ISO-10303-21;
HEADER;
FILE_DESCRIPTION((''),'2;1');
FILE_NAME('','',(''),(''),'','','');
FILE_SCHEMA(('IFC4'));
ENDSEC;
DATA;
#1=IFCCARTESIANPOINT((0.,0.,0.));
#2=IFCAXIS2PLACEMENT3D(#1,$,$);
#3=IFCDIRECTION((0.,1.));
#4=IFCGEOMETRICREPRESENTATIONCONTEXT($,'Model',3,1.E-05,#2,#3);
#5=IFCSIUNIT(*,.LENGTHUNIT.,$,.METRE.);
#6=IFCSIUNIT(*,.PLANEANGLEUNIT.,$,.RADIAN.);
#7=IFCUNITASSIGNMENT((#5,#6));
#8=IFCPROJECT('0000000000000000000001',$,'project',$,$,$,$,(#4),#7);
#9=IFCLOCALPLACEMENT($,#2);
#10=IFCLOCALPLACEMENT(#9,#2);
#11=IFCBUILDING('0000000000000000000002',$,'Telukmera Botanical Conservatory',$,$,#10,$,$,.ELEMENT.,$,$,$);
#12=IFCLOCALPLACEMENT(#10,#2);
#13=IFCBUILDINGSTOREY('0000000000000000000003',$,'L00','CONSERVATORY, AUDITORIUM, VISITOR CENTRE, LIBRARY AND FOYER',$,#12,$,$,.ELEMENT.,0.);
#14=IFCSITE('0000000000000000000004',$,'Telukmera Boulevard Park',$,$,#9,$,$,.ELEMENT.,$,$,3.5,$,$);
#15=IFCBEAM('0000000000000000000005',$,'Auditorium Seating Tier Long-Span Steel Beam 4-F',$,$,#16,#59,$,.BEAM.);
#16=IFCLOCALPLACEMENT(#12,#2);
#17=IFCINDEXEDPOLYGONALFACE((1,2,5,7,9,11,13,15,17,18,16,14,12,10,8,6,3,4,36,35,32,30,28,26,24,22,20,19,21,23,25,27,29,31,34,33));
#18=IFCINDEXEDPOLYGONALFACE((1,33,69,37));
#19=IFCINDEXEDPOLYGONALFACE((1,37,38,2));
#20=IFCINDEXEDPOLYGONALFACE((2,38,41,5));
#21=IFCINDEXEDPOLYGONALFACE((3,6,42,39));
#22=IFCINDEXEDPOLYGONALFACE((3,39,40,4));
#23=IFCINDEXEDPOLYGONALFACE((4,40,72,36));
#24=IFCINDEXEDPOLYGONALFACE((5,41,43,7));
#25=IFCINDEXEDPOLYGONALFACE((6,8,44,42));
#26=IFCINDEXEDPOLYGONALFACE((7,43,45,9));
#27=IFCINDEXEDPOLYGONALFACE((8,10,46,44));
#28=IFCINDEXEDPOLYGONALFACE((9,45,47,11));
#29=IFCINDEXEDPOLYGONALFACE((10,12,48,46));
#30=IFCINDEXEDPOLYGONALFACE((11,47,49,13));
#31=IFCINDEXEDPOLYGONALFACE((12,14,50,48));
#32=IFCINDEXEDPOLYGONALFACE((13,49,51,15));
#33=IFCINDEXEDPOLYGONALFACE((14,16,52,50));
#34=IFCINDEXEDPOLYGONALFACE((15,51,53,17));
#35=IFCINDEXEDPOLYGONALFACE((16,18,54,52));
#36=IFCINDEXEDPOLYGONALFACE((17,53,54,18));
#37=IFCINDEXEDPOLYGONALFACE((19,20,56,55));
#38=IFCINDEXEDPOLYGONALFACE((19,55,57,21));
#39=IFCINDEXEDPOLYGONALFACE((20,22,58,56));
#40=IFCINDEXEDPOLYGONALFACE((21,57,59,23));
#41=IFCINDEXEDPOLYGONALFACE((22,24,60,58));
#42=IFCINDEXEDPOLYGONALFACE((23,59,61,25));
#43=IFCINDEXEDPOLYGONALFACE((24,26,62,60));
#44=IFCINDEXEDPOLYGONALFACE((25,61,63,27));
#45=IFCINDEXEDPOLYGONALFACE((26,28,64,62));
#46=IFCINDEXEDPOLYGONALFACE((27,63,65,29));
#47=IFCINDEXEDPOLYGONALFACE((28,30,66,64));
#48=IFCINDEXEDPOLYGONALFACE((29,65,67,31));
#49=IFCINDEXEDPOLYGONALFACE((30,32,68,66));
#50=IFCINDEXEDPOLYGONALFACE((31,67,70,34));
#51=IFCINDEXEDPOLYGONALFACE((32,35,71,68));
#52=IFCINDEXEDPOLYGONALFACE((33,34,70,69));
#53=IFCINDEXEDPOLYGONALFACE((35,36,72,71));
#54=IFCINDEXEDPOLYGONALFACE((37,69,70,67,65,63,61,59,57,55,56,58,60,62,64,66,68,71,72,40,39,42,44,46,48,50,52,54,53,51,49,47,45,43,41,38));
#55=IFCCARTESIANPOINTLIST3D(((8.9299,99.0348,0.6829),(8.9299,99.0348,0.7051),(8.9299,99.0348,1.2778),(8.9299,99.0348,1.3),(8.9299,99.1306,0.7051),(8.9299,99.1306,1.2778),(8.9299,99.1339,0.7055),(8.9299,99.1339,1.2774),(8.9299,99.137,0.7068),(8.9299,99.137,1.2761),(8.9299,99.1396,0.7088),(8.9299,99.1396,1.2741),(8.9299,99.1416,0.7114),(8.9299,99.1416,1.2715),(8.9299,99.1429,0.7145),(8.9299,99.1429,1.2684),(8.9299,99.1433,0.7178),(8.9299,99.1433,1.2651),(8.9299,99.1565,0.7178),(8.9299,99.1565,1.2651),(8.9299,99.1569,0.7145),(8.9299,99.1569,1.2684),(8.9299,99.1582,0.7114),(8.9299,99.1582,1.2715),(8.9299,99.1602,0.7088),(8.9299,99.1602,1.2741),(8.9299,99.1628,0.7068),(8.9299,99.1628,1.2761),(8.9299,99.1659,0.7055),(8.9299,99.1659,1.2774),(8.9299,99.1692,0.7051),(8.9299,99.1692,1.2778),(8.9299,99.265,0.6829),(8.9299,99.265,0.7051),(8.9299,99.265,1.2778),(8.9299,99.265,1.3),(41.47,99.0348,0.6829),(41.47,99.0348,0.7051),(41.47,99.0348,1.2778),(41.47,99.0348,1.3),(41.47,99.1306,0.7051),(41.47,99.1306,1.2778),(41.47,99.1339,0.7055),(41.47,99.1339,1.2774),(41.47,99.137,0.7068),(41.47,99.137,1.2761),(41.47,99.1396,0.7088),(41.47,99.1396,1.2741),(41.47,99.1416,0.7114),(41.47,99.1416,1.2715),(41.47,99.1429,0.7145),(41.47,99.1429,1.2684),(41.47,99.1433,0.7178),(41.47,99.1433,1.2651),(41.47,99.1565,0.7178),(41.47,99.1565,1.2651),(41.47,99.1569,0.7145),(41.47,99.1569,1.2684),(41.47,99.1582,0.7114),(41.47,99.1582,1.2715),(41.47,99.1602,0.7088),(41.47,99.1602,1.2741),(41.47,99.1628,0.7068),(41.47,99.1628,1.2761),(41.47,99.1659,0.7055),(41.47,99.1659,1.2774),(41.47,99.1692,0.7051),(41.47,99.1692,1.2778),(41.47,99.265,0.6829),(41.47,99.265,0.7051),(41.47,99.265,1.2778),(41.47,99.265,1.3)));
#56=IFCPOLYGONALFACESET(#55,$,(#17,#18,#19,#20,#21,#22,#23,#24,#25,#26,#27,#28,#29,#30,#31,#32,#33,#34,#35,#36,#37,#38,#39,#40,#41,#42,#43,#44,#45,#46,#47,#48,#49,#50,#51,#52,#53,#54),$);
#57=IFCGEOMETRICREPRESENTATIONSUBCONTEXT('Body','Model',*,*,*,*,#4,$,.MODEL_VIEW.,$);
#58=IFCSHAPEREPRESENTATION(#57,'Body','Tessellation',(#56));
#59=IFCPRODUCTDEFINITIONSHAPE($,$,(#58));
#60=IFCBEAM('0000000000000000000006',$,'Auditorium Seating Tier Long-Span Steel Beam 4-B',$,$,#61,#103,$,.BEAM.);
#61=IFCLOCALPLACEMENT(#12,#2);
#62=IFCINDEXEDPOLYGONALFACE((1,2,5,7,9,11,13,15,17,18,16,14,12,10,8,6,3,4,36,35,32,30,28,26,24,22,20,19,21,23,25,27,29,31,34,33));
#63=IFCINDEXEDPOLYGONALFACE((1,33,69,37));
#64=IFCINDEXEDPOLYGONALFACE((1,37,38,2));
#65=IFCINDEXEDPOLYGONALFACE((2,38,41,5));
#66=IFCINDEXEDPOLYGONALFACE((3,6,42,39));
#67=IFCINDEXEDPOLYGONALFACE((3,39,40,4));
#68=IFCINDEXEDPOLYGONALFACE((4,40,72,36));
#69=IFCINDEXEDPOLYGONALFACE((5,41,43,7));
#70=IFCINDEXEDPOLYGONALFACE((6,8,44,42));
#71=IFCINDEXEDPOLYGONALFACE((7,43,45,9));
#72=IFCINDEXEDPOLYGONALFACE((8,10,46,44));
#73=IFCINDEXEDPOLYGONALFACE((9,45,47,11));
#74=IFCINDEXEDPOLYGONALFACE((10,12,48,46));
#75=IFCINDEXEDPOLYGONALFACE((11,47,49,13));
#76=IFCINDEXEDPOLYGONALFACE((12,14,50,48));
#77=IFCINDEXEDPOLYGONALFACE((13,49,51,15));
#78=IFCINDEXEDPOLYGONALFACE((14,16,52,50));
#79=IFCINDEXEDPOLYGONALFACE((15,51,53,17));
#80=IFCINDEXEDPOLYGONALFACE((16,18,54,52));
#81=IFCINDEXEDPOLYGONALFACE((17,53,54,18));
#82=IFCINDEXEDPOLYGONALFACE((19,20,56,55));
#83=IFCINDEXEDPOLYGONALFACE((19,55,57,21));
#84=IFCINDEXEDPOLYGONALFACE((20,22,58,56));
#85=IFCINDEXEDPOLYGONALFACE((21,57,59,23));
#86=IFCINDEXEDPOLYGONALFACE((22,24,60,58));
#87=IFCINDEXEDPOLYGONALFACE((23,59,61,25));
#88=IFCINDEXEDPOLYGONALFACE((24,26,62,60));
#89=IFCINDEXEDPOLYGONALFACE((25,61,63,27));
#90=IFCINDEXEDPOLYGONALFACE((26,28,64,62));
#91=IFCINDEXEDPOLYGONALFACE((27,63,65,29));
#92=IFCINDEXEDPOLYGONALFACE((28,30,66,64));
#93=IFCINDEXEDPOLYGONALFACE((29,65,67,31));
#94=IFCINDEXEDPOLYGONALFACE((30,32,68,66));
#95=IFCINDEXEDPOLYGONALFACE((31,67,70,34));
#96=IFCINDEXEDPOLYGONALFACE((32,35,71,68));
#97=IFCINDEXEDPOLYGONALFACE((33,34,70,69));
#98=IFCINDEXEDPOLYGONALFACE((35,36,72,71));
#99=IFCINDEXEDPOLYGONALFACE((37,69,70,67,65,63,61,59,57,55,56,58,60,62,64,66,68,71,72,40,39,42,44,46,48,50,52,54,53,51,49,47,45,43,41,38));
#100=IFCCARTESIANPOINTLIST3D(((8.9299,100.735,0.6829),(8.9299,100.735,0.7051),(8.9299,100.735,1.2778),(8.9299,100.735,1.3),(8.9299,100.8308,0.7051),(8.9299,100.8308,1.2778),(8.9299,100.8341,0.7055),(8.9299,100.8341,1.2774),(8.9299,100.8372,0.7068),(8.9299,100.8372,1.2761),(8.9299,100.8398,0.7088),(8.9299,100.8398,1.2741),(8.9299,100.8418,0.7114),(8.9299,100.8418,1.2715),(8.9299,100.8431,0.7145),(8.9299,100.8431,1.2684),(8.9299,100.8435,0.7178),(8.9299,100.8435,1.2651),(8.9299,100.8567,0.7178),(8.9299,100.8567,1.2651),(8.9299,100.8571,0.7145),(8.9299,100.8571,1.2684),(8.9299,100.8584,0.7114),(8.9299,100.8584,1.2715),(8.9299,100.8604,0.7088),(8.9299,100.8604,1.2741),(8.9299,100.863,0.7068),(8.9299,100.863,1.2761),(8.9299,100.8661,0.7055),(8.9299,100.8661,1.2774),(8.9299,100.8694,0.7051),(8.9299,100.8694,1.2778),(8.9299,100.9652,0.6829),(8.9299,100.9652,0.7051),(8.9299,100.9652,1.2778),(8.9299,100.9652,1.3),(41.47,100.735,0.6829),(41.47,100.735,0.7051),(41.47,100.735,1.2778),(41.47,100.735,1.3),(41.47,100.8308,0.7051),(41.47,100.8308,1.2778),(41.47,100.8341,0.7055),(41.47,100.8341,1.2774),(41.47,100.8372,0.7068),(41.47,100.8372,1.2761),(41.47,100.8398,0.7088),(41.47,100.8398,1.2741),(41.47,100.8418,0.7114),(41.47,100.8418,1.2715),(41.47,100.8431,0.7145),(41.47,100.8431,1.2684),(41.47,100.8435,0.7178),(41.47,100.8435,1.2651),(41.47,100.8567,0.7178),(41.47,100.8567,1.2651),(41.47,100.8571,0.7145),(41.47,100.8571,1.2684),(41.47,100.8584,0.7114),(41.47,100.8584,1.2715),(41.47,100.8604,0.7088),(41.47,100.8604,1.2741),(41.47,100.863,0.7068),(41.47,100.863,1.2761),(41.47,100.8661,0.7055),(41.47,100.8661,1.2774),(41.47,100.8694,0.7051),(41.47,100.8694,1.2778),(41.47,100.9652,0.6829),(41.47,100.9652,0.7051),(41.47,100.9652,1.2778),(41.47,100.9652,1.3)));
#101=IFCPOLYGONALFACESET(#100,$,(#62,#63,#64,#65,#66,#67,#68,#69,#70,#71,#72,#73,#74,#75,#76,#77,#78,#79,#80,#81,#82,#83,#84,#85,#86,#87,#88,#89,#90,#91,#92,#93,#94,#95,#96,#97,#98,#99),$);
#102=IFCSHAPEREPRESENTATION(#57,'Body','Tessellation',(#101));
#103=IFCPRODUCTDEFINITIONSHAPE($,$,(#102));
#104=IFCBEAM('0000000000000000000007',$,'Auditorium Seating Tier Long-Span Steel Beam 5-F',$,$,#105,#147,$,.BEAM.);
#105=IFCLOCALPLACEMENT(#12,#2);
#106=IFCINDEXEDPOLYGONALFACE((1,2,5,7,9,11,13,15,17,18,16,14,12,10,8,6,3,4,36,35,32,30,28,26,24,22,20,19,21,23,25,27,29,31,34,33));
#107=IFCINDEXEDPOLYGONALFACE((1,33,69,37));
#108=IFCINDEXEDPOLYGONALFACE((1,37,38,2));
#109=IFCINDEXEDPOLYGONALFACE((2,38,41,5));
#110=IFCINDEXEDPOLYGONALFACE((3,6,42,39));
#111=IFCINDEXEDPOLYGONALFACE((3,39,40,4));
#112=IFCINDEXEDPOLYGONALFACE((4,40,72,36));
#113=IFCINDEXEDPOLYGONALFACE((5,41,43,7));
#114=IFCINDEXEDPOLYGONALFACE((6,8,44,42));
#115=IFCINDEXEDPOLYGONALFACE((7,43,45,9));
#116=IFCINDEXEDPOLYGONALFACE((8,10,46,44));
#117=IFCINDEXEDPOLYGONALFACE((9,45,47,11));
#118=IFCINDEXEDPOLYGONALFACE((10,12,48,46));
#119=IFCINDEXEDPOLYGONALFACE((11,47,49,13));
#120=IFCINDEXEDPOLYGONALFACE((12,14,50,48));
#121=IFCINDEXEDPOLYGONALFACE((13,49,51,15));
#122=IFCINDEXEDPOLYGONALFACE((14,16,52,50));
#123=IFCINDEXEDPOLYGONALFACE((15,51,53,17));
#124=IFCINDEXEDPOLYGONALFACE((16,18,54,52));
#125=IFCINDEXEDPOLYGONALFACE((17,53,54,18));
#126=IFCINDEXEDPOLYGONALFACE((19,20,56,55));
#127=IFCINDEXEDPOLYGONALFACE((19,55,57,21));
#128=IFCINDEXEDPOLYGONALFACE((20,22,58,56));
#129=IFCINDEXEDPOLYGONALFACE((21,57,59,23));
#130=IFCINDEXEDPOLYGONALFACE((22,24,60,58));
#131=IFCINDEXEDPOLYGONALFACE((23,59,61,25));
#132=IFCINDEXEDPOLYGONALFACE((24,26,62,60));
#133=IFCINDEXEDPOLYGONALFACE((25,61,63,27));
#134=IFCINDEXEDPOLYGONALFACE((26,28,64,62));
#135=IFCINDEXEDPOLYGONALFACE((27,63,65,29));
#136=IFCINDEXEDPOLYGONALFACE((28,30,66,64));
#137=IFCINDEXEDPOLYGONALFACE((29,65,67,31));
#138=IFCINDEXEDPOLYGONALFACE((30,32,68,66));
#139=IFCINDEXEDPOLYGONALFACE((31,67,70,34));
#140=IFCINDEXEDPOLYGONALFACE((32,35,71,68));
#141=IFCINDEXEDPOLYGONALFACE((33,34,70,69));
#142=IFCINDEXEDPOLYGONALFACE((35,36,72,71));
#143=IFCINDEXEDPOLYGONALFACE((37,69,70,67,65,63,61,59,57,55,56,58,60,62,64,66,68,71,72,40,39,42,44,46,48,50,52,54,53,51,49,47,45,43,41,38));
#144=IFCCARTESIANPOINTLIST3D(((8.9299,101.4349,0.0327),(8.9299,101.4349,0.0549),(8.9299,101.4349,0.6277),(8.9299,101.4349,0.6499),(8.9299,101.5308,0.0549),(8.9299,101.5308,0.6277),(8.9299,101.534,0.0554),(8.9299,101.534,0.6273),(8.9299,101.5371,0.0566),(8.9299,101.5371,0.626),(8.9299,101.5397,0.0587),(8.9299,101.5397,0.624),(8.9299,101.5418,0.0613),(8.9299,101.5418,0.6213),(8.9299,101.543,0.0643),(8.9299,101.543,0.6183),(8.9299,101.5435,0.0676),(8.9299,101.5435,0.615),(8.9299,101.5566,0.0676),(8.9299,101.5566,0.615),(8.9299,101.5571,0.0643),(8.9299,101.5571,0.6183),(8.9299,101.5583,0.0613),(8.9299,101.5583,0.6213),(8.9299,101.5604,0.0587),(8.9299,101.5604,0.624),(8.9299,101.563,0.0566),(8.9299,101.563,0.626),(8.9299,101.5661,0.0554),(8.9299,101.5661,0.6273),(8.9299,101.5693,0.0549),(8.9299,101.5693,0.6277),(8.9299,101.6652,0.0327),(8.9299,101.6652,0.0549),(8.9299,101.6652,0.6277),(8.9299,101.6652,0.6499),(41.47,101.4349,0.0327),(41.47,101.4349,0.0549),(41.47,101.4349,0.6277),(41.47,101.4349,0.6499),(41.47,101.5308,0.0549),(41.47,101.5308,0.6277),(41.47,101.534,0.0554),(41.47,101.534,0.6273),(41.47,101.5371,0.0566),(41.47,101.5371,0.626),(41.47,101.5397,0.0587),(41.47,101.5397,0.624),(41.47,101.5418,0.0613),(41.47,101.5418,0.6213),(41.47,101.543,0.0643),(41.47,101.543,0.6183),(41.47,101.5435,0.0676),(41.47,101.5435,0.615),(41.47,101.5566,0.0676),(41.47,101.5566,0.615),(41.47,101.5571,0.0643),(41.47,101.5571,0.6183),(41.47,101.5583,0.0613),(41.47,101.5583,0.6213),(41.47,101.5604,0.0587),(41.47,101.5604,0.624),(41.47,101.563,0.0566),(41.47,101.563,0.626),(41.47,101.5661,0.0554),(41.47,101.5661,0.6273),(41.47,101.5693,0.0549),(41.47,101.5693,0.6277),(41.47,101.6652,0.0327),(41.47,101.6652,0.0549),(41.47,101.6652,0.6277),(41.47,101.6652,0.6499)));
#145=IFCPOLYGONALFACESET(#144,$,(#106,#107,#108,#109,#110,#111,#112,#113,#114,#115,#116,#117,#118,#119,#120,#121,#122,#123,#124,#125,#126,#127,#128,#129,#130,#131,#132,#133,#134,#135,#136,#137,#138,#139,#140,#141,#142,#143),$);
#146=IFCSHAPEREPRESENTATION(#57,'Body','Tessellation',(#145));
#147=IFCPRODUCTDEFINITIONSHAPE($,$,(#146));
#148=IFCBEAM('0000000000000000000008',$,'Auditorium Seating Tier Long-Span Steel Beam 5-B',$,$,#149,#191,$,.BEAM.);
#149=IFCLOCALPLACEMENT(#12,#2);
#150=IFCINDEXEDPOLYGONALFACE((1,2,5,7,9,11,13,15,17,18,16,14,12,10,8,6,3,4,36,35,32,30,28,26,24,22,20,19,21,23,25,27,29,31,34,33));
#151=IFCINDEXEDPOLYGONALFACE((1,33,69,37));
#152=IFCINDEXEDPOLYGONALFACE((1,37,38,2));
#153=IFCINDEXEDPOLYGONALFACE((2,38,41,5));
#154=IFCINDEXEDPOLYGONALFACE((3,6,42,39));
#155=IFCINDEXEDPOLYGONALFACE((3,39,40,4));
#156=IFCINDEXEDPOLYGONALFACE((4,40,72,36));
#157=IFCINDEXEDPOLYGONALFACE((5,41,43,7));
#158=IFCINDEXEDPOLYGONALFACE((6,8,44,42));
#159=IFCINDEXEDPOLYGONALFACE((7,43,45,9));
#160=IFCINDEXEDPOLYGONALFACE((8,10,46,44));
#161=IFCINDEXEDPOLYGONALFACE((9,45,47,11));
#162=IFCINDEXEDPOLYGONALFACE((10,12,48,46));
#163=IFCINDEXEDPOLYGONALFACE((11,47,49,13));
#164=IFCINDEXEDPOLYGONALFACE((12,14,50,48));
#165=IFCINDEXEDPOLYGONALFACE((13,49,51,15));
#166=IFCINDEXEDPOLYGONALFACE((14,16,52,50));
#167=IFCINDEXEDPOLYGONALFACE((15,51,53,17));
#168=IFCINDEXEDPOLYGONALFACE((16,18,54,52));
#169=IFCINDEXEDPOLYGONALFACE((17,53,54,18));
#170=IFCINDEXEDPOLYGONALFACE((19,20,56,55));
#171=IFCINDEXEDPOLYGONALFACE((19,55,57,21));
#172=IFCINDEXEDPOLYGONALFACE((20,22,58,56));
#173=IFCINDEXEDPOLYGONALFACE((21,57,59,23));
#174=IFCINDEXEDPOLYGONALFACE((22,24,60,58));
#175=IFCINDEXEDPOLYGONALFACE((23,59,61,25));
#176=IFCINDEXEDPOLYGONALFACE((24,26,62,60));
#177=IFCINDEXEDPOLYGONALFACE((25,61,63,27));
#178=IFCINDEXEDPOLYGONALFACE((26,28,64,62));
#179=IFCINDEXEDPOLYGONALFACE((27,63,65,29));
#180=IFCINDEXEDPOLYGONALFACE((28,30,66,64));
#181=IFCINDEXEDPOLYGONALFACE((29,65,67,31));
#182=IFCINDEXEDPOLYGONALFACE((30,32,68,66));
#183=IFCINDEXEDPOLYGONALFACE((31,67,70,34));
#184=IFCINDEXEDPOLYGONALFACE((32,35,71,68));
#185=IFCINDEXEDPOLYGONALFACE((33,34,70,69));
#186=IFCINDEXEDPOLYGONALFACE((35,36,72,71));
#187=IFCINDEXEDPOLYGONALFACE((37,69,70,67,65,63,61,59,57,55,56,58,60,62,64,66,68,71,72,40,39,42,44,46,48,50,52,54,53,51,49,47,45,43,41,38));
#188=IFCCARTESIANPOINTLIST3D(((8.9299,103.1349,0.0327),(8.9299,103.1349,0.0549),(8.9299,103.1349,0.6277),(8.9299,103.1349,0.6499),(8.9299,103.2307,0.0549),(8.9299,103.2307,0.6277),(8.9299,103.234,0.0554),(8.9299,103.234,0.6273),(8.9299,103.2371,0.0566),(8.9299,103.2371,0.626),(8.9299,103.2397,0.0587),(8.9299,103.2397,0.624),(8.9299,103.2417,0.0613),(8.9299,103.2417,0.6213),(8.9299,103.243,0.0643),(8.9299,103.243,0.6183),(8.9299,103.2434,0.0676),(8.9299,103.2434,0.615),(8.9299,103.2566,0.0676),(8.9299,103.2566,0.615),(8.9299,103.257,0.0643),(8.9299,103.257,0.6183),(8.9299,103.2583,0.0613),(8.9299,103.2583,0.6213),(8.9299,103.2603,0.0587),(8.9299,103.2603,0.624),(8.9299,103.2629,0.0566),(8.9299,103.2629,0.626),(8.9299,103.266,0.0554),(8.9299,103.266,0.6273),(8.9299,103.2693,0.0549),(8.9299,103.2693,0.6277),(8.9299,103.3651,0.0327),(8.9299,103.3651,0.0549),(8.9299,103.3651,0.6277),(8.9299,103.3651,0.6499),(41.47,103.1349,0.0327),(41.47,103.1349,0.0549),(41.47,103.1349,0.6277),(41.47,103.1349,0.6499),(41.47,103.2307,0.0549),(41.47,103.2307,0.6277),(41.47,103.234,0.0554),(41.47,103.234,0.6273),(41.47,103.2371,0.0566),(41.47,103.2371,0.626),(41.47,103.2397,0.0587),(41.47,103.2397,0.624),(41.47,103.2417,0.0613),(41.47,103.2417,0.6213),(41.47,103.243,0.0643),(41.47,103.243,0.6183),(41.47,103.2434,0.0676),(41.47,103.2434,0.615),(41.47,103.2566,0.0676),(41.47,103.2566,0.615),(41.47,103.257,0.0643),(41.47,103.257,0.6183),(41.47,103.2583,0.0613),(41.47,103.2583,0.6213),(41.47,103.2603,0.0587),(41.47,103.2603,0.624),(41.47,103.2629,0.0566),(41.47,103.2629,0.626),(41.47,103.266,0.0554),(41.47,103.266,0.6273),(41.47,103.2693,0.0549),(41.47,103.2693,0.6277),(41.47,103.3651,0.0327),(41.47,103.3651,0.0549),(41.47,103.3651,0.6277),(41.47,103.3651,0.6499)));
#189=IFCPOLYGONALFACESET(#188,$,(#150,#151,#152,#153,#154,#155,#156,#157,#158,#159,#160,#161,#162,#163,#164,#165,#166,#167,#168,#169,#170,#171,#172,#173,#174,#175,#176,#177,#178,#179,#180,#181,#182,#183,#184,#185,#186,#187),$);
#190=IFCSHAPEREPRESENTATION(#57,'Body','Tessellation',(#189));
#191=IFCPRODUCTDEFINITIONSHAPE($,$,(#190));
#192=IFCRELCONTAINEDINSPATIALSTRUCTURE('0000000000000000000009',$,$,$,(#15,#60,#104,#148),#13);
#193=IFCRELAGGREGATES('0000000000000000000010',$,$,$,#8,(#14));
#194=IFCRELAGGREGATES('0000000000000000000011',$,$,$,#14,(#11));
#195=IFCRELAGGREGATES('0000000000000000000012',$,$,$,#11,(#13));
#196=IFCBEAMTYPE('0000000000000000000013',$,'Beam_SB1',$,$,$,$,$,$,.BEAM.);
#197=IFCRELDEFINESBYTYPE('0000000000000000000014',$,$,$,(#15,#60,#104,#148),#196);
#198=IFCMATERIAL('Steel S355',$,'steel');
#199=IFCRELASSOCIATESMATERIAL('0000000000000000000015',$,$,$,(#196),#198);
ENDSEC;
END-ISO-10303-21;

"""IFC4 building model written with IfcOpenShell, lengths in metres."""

from ifc_helpers import new_model, si_unit, direction, frame, origin, origin_2d, place, context, subcontext, project, spatial, i_section, extrude, material, material_profile, profile_set, type_object, element, save


model = new_model("IFC4")

# Units and contexts
model_context = context("Model", 3, precision=1e-05, world=origin(), true_north=direction((0.0, 1.0)))
body_context = subcontext(model_context, "Body", "Model", "MODEL_VIEW")
ifc_project = project(units=[si_unit("LENGTHUNIT", "METRE"), si_unit("PLANEANGLEUNIT", "RADIAN")], contexts=[model_context])

# Site, building, storey
site_placement = place(None, origin())
site = spatial("IfcSite", under=ifc_project, at=site_placement, Name="Telukmera Boulevard Park", CompositionType="ELEMENT", RefElevation=3.5)
building_placement = place(site_placement, origin())
building = spatial("IfcBuilding", under=site, at=building_placement, Name="Telukmera Botanical Conservatory", CompositionType="ELEMENT")
storey_placement = place(building_placement, origin())
storey = spatial("IfcBuildingStorey", under=building, at=storey_placement, Name="L00", Description="CONSERVATORY, AUDITORIUM, VISITOR CENTRE, LIBRARY AND FOYER", CompositionType="ELEMENT", Elevation=0.0)

# Beams
ifc_material_1 = material(Name="Steel S355", Category="steel")
ifc_material_profile_1 = material_profile(ifc_material_1, i_section(OverallWidth=0.2302, OverallDepth=0.6172, WebThickness=0.0132, FlangeThickness=0.0222, FilletRadius=0.0127, at=origin_2d()), Name="UB 610x229x140")
ifc_profile_set_1 = profile_set([ifc_material_profile_1], Name="Steel S355")
beam_type_1 = type_object("IfcBeamType", Name="Beam_SB1", PredefinedType="BEAM", material=ifc_profile_set_1)
for number, where, z_axis, x_axis, name in (
    (1, (8.9299, 99.1499, 0.9915), (1.0, 0.0, 0.0), (0.0, 1.0, 0.0), "Auditorium Seating Tier Long-Span Steel Beam 4-F"),
    (2, (8.9299, 100.8501, 0.9915), (1.0, 0.0, 0.0), (0.0, 1.0, 0.0), "Auditorium Seating Tier Long-Span Steel Beam 4-B"),
    (3, (8.9299, 101.55, 0.3413), (1.0, 0.0, 0.0), (0.0, 1.0, 0.0), "Auditorium Seating Tier Long-Span Steel Beam 5-F"),
    (4, (8.9299, 103.25, 0.3413), (1.0, 0.0, 0.0), (0.0, 1.0, 0.0), "Auditorium Seating Tier Long-Span Steel Beam 5-B"),
):
    element("IfcBeam", number, at=place(storey_placement, frame(where, z_axis=z_axis, x_axis=x_axis)), inside=storey, type_object=beam_type_1, Name=name, PredefinedType="BEAM", context=body_context, shape_type="SweptSolid", body=[
        extrude(i_section(OverallWidth=0.2302, OverallDepth=0.6172, WebThickness=0.0132, FlangeThickness=0.0222, FilletRadius=0.0127, at=origin_2d()), origin(), (0.0, 0.0, 1.0), 32.54),
    ])

save(model, "model.ifc")
